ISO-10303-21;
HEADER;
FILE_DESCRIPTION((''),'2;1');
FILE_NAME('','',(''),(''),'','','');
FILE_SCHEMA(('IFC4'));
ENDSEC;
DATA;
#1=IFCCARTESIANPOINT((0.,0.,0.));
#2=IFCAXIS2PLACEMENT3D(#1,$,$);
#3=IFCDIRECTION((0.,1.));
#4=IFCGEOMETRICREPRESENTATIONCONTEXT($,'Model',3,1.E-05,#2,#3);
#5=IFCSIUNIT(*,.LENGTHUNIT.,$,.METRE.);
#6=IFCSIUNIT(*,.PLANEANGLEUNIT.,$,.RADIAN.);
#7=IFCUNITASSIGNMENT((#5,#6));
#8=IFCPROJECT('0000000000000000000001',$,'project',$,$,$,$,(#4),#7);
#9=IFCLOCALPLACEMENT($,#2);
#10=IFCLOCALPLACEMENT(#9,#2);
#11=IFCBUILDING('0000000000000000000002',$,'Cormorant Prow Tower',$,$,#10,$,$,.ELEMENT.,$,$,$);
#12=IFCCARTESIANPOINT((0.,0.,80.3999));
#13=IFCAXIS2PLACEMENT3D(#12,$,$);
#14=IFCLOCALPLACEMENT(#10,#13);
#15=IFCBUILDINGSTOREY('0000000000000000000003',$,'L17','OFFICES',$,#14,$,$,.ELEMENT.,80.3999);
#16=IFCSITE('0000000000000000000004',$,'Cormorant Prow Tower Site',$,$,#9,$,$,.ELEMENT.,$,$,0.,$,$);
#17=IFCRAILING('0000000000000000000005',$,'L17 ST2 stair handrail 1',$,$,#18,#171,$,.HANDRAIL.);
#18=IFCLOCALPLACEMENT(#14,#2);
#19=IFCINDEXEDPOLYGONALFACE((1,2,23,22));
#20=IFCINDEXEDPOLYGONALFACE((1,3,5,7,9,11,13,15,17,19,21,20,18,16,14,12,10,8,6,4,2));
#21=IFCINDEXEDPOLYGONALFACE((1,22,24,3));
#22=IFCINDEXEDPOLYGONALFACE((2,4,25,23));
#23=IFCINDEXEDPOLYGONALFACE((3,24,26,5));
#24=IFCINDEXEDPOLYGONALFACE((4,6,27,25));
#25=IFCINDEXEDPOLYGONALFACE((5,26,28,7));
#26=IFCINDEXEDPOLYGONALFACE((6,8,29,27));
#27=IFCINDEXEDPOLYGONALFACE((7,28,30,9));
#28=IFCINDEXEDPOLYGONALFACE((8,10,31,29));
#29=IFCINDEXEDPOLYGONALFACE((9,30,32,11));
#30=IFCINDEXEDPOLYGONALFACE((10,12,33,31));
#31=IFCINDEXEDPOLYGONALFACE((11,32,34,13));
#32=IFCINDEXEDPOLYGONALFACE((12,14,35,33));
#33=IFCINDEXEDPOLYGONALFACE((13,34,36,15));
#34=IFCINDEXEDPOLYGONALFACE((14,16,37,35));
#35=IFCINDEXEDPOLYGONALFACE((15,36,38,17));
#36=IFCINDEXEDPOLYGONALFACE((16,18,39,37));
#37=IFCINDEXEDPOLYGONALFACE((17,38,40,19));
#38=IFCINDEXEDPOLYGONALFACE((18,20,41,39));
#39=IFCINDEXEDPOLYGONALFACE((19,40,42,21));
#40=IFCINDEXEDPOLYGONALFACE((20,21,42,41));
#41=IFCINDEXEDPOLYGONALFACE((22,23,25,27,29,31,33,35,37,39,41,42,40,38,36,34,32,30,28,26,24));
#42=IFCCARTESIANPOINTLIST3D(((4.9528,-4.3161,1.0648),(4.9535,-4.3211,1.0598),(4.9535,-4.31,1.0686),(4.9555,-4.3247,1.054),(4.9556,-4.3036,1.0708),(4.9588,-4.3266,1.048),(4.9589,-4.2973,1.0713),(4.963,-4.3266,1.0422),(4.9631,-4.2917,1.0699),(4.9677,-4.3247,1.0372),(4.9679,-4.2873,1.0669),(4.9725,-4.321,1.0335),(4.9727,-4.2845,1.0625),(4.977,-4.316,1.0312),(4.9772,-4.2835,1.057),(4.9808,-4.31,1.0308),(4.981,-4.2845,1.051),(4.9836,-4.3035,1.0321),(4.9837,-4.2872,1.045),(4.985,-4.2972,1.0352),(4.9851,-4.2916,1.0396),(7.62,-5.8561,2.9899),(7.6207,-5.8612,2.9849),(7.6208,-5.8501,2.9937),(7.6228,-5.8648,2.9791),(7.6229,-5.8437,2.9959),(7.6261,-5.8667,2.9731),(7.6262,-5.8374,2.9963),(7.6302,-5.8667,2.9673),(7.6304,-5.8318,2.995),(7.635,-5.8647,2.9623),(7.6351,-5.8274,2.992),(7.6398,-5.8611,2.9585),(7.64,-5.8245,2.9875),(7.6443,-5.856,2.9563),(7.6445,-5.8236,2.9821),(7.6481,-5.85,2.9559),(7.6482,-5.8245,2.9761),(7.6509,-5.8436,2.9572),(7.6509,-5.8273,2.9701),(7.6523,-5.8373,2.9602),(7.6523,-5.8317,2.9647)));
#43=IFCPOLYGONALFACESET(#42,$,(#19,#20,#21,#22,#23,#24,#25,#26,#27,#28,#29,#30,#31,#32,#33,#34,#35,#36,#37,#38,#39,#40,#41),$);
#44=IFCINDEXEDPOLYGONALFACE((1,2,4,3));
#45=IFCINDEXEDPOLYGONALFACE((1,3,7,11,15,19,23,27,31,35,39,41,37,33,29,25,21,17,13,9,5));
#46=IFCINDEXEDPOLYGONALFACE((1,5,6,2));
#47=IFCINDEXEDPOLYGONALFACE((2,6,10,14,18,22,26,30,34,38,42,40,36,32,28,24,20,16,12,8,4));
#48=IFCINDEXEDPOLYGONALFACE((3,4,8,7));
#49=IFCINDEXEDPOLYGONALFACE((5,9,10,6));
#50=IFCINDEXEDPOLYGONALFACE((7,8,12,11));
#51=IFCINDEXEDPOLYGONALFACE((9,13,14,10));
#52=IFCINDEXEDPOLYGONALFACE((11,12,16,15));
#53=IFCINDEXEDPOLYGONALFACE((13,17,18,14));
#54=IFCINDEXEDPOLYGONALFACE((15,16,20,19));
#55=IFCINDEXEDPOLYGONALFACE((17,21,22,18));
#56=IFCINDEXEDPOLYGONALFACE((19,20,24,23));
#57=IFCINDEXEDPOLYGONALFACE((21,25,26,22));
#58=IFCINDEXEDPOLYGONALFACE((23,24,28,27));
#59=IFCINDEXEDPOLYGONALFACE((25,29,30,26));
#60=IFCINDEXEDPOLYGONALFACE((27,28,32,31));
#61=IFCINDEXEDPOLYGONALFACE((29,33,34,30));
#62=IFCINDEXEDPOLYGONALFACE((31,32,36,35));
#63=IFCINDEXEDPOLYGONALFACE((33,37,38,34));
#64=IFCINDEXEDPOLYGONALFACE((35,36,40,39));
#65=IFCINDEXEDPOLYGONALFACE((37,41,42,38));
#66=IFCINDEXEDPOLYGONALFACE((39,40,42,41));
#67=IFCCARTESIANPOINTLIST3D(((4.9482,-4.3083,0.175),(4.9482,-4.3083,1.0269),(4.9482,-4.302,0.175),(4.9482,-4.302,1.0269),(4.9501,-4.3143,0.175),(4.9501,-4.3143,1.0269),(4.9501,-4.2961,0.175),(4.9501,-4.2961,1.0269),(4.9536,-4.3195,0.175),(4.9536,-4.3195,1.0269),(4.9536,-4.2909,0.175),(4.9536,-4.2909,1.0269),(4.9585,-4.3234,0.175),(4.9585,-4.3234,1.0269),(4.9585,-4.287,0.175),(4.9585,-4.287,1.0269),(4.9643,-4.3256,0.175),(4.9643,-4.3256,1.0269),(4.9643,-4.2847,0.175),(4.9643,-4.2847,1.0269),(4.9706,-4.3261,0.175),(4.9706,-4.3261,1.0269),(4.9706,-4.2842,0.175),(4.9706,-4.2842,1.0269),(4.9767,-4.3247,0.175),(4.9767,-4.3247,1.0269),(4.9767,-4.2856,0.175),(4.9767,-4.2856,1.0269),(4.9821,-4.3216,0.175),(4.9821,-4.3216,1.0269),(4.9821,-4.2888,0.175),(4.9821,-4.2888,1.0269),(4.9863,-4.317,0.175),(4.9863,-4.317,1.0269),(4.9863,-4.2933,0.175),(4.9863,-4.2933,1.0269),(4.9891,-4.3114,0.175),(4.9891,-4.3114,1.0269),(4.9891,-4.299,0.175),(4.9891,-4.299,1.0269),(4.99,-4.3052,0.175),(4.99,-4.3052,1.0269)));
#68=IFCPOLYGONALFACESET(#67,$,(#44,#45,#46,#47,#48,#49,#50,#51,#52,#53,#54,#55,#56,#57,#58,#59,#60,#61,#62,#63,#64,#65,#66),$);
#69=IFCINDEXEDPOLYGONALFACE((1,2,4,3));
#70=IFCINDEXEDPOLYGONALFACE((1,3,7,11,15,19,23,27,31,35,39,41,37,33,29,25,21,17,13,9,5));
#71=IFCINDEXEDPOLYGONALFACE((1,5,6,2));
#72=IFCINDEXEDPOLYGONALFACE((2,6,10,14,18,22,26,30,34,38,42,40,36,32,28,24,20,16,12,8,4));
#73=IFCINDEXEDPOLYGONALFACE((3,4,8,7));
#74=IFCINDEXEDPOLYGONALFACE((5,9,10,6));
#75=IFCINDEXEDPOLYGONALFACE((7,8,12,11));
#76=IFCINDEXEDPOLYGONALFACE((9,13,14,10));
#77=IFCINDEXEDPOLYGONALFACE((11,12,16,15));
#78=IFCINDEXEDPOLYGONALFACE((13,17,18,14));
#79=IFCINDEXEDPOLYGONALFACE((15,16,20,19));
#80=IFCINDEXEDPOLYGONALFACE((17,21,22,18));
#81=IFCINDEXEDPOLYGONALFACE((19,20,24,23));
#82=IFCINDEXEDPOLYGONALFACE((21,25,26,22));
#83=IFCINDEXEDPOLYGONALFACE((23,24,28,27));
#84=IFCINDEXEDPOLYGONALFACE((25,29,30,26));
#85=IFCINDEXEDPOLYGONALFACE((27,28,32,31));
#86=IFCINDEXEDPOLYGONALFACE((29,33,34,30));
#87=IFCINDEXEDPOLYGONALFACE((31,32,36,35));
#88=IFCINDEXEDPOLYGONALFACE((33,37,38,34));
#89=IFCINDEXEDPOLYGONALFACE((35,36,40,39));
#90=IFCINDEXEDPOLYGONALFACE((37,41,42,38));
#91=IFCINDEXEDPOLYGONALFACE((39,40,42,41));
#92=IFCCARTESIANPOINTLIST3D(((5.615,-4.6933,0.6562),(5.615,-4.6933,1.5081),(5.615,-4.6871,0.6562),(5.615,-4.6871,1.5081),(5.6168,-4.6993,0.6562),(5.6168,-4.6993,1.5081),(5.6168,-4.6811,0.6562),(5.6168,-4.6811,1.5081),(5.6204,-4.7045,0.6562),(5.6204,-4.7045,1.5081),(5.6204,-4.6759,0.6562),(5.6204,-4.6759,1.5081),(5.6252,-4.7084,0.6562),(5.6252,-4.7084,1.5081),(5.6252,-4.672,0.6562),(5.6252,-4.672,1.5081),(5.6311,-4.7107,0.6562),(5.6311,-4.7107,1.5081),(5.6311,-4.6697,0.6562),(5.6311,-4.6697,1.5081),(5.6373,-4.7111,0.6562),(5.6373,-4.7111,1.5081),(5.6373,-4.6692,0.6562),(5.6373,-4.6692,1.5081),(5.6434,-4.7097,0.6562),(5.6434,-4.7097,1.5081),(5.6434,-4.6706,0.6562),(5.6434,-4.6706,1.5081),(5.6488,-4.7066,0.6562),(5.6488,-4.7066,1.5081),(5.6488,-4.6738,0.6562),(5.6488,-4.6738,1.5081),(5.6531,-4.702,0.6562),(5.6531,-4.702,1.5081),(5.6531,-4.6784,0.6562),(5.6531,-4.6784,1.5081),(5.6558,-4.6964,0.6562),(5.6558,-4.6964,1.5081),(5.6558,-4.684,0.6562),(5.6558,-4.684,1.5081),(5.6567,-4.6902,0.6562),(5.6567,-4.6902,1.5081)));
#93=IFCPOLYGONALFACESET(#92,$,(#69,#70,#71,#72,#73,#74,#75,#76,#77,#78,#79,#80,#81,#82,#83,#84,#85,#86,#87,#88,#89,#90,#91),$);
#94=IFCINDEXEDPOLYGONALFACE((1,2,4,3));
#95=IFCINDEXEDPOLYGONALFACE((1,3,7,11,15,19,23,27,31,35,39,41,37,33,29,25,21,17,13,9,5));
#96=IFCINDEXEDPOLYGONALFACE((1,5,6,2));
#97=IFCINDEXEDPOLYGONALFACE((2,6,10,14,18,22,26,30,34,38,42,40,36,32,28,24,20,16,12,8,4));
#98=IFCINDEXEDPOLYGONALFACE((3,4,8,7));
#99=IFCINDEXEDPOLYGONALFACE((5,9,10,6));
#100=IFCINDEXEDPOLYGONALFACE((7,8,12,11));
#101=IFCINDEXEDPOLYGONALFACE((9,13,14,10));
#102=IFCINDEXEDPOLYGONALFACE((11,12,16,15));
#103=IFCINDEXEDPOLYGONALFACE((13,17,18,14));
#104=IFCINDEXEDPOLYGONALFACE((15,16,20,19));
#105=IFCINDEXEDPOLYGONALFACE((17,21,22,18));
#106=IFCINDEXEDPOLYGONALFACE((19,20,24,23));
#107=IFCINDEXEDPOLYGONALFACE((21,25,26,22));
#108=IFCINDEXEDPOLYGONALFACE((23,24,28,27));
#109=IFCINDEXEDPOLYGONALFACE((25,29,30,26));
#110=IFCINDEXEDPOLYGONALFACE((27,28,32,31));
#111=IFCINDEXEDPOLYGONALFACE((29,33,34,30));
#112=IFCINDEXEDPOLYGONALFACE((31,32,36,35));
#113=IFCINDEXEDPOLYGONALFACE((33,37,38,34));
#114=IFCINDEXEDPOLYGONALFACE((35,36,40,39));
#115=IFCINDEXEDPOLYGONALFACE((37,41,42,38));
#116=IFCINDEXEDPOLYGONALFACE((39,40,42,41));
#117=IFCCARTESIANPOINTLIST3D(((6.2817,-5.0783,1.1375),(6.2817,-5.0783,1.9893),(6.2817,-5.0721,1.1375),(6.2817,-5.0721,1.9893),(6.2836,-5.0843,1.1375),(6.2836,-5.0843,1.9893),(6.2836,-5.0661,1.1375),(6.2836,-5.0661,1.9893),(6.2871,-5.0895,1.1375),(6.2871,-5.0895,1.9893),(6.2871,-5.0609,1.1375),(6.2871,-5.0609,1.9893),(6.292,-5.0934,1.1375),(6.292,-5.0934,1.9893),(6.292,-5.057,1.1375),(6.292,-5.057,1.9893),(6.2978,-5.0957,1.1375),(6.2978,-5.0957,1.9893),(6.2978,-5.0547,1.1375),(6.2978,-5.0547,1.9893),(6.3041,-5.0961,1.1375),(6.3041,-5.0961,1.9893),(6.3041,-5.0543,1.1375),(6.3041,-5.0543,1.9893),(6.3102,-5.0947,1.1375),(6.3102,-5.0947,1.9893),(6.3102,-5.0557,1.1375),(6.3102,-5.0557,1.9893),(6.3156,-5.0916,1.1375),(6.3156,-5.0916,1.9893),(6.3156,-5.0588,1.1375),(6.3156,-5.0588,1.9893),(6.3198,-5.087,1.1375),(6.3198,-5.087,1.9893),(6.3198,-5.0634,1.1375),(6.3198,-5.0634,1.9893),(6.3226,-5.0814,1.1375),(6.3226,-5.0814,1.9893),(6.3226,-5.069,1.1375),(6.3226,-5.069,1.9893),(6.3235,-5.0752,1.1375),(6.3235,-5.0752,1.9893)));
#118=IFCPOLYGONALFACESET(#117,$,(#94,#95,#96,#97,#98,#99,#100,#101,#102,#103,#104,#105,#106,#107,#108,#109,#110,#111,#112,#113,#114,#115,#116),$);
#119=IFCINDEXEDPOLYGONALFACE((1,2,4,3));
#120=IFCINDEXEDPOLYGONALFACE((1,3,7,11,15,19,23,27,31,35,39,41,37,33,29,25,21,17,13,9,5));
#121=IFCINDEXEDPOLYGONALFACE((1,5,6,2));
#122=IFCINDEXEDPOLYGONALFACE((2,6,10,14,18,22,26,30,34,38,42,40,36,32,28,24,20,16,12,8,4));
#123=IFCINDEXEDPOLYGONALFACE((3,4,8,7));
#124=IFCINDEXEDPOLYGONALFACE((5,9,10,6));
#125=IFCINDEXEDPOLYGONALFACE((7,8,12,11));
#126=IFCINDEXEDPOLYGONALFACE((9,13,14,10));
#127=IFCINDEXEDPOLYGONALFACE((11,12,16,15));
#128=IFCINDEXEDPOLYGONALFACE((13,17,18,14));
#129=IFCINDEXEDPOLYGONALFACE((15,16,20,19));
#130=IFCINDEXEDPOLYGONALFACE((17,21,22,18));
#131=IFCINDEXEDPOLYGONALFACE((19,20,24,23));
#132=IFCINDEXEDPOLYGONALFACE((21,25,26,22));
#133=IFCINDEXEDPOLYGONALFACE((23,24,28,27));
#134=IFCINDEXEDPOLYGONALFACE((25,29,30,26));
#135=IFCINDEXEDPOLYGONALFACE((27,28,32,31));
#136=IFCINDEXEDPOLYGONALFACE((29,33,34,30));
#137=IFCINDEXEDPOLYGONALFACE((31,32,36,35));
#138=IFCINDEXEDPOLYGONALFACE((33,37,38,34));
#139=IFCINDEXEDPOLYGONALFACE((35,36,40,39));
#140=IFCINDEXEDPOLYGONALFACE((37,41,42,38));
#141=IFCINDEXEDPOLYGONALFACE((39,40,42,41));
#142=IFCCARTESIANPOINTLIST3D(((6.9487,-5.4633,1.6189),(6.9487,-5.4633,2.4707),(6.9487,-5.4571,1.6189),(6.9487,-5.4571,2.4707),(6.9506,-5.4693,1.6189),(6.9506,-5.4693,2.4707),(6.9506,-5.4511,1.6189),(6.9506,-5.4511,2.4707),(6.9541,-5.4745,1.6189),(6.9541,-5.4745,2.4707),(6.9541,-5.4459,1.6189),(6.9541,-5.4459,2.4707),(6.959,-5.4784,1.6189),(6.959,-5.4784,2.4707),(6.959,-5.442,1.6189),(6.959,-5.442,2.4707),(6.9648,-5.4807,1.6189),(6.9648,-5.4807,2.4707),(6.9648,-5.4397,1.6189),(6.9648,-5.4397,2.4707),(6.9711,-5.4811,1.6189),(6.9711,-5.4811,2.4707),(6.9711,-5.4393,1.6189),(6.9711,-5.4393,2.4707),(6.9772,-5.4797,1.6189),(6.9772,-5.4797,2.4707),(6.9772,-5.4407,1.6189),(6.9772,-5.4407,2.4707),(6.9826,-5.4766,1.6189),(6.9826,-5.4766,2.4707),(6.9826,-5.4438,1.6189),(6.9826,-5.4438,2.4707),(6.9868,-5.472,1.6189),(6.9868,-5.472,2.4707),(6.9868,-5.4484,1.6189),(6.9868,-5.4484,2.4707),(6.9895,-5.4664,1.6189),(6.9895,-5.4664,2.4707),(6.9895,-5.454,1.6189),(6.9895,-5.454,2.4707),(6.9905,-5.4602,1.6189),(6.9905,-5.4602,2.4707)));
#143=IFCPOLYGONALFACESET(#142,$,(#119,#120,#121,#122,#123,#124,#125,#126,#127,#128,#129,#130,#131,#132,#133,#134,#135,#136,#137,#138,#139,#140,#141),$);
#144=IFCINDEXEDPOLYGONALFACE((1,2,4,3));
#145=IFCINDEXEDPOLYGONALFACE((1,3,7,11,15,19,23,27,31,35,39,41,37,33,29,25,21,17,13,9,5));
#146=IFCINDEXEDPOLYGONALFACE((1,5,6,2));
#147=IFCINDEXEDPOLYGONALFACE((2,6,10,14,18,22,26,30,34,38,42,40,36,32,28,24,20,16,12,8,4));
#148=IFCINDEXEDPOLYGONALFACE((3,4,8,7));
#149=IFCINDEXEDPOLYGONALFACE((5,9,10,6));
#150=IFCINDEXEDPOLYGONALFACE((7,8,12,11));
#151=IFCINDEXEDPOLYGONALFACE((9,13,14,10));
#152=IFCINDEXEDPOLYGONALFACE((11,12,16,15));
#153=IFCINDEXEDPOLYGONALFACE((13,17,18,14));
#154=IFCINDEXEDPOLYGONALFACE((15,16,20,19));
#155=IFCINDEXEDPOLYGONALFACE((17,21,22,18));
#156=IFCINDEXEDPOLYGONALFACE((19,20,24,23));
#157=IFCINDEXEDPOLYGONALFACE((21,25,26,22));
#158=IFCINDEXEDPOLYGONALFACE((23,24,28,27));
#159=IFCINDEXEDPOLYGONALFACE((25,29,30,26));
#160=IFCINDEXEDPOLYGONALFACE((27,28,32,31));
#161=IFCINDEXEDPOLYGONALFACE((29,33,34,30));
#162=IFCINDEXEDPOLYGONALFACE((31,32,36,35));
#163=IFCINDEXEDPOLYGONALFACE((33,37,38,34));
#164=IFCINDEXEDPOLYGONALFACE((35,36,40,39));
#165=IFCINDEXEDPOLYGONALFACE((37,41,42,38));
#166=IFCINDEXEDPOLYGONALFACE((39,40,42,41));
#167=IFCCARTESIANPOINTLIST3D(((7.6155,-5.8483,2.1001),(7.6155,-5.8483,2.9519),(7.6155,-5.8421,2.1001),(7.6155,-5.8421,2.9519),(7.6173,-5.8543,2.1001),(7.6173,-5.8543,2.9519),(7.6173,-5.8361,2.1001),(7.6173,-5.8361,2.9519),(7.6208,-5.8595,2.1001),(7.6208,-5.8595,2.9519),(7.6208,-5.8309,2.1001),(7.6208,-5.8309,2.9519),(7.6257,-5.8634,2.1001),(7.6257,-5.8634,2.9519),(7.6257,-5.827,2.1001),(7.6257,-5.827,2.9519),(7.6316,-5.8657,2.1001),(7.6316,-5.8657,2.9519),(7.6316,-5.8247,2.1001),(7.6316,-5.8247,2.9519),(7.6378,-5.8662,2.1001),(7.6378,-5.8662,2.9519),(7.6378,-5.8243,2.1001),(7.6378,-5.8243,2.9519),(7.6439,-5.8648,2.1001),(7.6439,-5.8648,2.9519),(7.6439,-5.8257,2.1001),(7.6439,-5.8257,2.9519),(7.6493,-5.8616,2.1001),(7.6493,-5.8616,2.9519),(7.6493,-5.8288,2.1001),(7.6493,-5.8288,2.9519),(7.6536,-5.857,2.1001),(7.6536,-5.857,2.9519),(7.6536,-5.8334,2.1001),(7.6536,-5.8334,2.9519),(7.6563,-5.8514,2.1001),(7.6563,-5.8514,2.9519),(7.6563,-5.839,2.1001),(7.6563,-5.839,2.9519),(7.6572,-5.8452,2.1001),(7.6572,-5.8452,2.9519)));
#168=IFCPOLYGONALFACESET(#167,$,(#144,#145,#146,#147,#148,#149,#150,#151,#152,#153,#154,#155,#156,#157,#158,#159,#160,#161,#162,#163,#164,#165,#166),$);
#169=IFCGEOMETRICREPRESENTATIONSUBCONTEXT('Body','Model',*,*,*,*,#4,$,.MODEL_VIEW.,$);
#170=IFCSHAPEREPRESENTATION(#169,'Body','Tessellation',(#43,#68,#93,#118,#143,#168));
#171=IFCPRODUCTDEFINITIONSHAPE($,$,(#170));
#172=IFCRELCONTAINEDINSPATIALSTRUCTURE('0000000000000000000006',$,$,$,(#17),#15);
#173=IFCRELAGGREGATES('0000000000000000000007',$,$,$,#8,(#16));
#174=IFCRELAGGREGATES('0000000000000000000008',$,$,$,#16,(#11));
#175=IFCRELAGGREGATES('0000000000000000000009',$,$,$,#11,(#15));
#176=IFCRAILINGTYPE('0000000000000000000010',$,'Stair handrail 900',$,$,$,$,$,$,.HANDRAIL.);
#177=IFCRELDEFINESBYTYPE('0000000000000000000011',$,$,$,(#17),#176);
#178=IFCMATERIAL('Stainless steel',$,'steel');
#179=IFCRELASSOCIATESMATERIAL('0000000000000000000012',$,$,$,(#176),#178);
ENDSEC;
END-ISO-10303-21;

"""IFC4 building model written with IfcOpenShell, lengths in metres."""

from ifc_helpers import new_model, si_unit, direction, frame, origin, origin_2d, place, context, subcontext, project, spatial, circle, extrude, material, type_object, element, save


model = new_model("IFC4")

# Units and contexts
model_context = context("Model", 3, precision=1e-05, world=origin(), true_north=direction((0.0, 1.0)))
body_context = subcontext(model_context, "Body", "Model", "MODEL_VIEW")
ifc_project = project(units=[si_unit("LENGTHUNIT", "METRE"), si_unit("PLANEANGLEUNIT", "RADIAN")], contexts=[model_context])

# Site, building, storey
site_placement = place(None, origin())
site = spatial("IfcSite", under=ifc_project, at=site_placement, Name="Cormorant Prow Tower Site", CompositionType="ELEMENT", RefElevation=0.0)
building_placement = place(site_placement, origin())
building = spatial("IfcBuilding", under=site, at=building_placement, Name="Cormorant Prow Tower", CompositionType="ELEMENT")
storey_placement = place(building_placement, frame((0.0, 0.0, 80.3999)))
storey = spatial("IfcBuildingStorey", under=building, at=storey_placement, Name="L17", Description="OFFICES", CompositionType="ELEMENT", Elevation=80.3999)

# Railing
ifc_material_1 = material(Name="Stainless steel", Category="steel")
railing_type_1 = type_object("IfcRailingType", Name="Stair handrail 900", PredefinedType="HANDRAIL", material=ifc_material_1)
railing_1_placement = place(storey_placement, frame((4.969, -4.3052, 0.175)))
element("IfcRailing", 1, at=railing_1_placement, inside=storey, type_object=railing_type_1, Name="L17 ST2 stair handrail 1", PredefinedType="HANDRAIL", context=body_context, shape_type="SweptSolid", body=[
    extrude(circle(Radius=0.0239, at=origin_2d()), frame((0.0, 0.0, 0.876), z_axis=(0.734364, -0.424015, 0.530019), x_axis=(0.500027, 0.86601, 0.0)), (0.0, 0.0, 1.0), 3.6321),
    extrude(circle(Radius=0.021, at=origin_2d()), origin(), (0.0, 0.0, 1.0), 0.8518),
    extrude(circle(Radius=0.021, at=origin_2d()), frame((0.6667, -0.385, 0.4812)), (0.0, 0.0, 1.0), 0.8518),
    extrude(circle(Radius=0.021, at=origin_2d()), frame((1.3335, -0.77, 0.9624)), (0.0, 0.0, 1.0), 0.8518),
    extrude(circle(Radius=0.021, at=origin_2d()), frame((2.0005, -1.155, 1.4438)), (0.0, 0.0, 1.0), 0.8518),
    extrude(circle(Radius=0.021, at=origin_2d()), frame((2.6672, -1.54, 1.925)), (0.0, 0.0, 1.0), 0.8518),
])

save(model, "model.ifc")
